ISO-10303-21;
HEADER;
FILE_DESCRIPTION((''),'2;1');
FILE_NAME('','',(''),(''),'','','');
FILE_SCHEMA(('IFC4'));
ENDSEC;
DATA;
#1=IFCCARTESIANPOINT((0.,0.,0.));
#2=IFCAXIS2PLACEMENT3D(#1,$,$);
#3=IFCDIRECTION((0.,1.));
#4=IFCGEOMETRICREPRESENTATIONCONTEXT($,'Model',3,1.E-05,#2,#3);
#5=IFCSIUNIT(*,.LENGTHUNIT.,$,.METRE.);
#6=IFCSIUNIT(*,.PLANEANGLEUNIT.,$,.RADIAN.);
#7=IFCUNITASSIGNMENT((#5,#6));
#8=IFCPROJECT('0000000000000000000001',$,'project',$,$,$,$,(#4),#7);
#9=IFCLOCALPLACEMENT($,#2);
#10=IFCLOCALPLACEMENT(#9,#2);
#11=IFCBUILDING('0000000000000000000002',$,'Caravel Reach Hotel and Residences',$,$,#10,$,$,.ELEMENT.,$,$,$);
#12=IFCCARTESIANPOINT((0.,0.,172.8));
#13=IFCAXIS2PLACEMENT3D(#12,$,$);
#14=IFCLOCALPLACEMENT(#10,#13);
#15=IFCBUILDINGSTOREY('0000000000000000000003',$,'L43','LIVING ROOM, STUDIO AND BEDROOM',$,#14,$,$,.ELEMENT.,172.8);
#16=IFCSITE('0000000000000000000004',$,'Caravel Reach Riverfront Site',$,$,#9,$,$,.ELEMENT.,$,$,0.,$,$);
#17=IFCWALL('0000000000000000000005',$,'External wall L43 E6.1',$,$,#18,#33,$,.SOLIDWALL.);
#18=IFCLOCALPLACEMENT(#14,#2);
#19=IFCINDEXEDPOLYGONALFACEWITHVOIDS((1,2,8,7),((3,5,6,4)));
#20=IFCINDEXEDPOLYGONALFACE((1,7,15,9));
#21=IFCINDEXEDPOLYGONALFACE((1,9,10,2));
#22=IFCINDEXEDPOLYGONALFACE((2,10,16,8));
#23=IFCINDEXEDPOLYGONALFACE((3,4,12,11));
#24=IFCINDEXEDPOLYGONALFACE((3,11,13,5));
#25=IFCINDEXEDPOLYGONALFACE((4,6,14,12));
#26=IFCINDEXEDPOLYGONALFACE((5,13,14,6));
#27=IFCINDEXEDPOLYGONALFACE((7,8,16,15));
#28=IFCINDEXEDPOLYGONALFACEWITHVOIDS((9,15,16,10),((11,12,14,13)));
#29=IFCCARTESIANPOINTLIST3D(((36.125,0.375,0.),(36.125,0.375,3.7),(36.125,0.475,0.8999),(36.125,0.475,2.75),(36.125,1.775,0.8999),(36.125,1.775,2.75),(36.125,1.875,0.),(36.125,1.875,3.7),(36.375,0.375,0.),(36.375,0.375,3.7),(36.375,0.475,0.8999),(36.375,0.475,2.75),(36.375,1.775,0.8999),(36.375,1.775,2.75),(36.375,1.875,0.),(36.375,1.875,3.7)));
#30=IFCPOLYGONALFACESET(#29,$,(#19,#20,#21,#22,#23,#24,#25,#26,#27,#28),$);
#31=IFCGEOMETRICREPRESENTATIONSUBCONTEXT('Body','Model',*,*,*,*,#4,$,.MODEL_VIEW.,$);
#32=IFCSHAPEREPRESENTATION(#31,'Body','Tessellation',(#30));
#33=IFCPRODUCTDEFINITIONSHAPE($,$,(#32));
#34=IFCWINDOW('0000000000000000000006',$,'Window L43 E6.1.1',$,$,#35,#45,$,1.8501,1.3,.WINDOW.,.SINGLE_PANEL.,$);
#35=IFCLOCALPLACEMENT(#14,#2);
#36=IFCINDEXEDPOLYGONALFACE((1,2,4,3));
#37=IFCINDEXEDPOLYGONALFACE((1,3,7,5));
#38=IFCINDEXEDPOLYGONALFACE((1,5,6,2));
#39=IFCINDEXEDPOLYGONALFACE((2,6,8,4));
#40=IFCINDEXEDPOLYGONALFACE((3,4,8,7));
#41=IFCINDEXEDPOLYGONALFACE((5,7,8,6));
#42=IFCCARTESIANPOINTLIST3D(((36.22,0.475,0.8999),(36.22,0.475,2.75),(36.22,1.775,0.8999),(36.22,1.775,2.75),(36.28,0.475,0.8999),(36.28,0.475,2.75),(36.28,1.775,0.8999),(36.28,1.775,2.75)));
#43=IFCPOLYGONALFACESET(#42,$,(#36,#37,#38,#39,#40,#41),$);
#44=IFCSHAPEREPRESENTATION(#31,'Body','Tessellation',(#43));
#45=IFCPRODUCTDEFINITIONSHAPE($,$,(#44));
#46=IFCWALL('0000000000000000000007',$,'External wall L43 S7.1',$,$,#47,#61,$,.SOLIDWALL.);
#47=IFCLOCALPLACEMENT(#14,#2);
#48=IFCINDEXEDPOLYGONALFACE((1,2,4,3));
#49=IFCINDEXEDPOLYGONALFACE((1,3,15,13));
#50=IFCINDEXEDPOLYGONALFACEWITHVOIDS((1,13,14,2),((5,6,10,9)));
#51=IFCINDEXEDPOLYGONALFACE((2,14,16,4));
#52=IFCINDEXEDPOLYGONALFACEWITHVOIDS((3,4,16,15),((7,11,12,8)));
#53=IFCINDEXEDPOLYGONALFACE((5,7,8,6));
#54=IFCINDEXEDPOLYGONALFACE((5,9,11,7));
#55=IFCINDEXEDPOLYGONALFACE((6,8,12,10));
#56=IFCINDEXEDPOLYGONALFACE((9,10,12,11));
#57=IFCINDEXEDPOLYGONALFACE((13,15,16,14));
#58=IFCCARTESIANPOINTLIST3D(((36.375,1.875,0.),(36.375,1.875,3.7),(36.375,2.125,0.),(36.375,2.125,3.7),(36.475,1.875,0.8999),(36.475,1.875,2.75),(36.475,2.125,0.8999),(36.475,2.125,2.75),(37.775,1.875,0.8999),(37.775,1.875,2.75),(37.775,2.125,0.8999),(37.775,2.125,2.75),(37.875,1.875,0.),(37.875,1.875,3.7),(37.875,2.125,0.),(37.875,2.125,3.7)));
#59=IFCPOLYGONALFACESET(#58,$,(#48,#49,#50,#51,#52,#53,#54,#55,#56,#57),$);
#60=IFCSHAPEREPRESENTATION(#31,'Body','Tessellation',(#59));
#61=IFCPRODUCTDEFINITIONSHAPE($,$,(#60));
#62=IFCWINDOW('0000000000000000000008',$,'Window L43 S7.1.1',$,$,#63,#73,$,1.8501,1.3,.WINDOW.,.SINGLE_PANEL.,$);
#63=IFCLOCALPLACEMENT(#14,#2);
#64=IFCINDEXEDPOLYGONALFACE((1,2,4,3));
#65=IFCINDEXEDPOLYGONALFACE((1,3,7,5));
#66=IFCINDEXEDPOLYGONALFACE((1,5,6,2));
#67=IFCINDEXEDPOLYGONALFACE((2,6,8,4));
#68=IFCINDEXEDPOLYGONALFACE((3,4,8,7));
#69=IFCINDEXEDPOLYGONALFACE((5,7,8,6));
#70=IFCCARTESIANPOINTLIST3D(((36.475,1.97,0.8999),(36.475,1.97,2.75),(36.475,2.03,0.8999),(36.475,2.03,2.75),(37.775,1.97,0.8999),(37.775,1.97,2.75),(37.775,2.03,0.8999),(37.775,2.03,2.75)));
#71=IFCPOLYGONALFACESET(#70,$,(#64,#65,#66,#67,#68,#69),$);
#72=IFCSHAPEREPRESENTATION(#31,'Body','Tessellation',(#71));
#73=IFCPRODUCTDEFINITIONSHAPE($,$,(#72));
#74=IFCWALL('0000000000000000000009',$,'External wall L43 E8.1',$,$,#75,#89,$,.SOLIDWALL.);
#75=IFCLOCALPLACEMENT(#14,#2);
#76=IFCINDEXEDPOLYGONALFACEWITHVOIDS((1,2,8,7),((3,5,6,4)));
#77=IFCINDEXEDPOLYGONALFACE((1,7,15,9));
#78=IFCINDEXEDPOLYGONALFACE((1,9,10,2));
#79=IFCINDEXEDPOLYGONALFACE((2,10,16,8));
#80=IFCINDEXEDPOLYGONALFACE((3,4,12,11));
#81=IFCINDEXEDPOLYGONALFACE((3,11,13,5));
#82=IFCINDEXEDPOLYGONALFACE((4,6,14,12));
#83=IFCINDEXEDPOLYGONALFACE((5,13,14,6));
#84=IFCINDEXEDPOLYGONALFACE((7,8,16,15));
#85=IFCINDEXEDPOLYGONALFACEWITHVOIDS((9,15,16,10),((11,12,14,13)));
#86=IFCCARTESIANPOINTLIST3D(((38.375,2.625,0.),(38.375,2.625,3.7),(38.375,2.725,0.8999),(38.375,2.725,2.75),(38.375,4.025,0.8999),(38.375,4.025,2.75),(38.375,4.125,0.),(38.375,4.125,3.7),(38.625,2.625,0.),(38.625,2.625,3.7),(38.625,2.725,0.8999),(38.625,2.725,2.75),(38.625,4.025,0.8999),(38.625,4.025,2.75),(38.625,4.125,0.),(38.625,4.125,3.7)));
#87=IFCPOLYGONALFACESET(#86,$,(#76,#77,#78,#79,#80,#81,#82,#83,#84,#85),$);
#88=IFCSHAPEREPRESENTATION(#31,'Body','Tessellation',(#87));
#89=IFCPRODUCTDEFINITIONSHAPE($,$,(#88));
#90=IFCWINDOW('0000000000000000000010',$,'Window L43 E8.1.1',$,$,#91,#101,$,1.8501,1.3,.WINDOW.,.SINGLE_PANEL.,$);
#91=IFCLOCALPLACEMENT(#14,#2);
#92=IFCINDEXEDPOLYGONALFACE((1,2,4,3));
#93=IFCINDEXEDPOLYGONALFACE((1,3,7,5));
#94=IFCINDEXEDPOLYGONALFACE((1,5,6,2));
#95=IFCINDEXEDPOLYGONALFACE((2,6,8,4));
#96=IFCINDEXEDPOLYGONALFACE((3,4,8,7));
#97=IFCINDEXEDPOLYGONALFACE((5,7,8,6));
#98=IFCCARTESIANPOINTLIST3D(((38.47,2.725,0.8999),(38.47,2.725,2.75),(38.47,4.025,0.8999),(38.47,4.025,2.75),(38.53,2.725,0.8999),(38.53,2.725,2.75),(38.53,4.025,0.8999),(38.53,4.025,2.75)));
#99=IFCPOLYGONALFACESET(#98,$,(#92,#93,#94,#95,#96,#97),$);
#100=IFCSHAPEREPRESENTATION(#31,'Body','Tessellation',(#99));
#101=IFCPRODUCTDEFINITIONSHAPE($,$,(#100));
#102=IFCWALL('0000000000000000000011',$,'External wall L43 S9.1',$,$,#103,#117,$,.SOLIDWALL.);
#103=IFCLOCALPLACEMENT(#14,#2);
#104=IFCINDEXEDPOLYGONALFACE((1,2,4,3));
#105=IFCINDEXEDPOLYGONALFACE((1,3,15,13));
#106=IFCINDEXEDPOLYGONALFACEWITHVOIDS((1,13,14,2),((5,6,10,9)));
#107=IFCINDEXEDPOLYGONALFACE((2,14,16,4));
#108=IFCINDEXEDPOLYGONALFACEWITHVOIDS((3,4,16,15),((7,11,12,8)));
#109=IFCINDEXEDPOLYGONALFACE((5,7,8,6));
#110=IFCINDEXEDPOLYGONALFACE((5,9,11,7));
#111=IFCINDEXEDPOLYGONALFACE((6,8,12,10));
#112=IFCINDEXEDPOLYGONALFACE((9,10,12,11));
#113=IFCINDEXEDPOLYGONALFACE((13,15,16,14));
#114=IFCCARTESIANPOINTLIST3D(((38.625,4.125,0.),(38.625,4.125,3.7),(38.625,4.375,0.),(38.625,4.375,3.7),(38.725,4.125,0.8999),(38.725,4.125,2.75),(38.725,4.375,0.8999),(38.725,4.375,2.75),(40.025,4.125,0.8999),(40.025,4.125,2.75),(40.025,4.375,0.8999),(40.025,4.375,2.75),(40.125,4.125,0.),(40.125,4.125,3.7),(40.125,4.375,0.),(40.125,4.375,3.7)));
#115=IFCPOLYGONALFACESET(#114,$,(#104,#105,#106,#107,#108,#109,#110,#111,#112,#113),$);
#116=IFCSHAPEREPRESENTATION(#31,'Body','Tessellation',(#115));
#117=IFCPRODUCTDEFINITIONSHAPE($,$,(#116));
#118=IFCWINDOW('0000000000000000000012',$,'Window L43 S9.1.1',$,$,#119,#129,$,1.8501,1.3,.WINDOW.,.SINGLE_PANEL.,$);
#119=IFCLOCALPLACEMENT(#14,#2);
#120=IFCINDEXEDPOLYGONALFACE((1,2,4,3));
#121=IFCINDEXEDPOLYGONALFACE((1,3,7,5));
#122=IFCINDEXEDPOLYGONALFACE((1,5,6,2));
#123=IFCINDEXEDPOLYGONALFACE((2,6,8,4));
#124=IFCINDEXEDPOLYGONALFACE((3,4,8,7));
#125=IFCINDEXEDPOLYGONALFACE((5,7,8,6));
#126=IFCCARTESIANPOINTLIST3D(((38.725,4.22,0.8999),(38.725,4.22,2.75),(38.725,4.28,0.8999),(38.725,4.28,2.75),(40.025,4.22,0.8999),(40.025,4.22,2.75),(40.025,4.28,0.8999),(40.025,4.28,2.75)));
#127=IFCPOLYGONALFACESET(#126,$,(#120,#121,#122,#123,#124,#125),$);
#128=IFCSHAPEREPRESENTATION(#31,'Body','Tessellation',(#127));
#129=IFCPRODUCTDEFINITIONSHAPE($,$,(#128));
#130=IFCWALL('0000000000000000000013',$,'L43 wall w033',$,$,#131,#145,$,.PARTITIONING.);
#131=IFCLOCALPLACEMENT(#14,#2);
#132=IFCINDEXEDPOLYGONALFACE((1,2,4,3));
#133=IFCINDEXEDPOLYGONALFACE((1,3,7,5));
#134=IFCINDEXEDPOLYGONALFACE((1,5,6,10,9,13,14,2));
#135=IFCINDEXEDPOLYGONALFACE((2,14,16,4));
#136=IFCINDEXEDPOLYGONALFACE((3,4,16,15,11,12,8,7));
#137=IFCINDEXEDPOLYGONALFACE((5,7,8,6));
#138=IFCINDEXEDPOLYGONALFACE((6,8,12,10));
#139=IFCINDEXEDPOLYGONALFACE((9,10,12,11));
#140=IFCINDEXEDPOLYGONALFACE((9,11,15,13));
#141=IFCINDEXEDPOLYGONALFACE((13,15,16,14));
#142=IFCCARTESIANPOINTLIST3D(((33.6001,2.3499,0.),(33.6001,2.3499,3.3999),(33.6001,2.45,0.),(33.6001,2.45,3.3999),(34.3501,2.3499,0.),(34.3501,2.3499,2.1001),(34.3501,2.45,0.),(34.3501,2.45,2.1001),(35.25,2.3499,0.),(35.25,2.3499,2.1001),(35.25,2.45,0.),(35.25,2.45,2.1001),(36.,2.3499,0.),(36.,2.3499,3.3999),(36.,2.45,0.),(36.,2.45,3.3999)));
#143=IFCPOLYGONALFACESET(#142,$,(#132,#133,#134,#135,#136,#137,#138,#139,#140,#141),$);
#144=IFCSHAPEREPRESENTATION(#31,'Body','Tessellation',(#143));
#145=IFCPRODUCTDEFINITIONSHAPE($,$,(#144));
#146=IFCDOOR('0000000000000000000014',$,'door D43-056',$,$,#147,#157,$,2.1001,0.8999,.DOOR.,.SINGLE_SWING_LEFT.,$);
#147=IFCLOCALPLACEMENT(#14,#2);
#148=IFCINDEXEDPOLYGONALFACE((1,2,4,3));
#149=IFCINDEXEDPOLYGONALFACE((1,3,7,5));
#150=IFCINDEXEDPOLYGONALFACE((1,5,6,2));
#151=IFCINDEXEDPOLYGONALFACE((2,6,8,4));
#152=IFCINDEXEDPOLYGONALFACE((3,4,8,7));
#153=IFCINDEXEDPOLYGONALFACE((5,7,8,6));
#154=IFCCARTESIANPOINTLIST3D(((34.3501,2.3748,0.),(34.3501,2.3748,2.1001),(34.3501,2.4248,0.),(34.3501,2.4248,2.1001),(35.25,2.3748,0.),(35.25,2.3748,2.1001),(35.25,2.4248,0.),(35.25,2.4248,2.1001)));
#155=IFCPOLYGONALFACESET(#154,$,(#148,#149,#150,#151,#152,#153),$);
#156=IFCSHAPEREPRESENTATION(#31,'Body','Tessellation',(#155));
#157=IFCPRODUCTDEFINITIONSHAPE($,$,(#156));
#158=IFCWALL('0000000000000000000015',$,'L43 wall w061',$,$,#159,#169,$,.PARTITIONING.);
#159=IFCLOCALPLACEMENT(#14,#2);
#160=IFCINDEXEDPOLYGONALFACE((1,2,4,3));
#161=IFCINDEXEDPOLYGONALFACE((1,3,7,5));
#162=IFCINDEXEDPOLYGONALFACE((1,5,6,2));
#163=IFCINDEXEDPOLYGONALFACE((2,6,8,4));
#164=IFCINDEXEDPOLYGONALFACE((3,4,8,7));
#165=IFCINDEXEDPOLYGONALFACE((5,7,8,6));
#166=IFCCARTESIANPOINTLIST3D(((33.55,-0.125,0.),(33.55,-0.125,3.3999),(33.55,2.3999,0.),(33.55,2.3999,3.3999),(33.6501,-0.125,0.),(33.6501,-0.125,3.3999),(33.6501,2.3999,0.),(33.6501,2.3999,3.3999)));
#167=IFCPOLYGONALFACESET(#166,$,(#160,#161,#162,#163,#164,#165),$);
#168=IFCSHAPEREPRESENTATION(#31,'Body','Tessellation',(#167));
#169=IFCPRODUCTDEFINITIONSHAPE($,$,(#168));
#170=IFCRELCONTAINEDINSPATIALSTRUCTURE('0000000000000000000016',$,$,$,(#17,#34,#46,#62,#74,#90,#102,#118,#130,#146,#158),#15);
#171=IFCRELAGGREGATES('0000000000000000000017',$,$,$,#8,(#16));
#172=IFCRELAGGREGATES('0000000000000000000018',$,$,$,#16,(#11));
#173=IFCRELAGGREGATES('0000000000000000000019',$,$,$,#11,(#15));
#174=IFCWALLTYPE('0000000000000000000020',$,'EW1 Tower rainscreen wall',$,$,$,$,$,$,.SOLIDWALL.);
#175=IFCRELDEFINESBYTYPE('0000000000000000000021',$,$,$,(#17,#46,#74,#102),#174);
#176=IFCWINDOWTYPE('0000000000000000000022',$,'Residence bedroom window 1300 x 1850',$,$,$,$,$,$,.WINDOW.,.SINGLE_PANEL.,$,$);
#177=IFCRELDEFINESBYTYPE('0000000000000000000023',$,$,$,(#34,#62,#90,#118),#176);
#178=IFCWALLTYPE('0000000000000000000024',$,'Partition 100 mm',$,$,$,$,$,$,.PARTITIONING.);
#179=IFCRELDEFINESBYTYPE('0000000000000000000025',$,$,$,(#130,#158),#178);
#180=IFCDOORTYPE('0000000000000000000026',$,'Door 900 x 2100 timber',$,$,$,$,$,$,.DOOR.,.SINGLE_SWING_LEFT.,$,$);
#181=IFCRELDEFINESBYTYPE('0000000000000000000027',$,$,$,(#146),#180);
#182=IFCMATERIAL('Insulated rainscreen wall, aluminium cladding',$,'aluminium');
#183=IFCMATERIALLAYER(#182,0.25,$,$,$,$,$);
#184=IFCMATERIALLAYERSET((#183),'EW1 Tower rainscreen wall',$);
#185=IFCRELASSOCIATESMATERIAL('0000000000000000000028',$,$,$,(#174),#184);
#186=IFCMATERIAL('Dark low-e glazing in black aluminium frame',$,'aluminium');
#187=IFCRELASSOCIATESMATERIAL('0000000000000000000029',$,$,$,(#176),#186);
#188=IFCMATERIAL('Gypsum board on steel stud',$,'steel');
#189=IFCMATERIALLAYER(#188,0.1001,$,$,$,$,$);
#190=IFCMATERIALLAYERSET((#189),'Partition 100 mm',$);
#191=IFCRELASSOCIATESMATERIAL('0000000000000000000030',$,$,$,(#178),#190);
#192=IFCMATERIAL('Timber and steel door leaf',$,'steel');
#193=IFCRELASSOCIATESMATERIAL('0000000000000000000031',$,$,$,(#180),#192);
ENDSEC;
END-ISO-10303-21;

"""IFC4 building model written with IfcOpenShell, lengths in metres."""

from ifc_helpers import new_model, si_unit, direction, frame, frame_2d, origin, place, context, subcontext, project, spatial, rectangle, extrude, material, layer, layer_set, type_object, element, fill, save


model = new_model("IFC4")

# Units and contexts
model_context = context("Model", 3, precision=1e-05, world=origin(), true_north=direction((0.0, 1.0)))
body_context = subcontext(model_context, "Body", "Model", "MODEL_VIEW")
ifc_project = project(units=[si_unit("LENGTHUNIT", "METRE"), si_unit("PLANEANGLEUNIT", "RADIAN")], contexts=[model_context])

# Site, building, storey
site_placement = place(None, origin())
site = spatial("IfcSite", under=ifc_project, at=site_placement, Name="Caravel Reach Riverfront Site", CompositionType="ELEMENT", RefElevation=0.0)
building_placement = place(site_placement, origin())
building = spatial("IfcBuilding", under=site, at=building_placement, Name="Caravel Reach Hotel and Residences", CompositionType="ELEMENT")
storey_placement = place(building_placement, frame((0.0, 0.0, 172.8)))
storey = spatial("IfcBuildingStorey", under=building, at=storey_placement, Name="L43", Description="LIVING ROOM, STUDIO AND BEDROOM", CompositionType="ELEMENT", Elevation=172.8)

# Walls, openings, windows
ifc_material_1 = material(Name="Insulated rainscreen wall, aluminium cladding", Category="aluminium")
ifc_layer_1 = layer(ifc_material_1, 0.25)
ifc_layer_set_1 = layer_set([ifc_layer_1], Name="EW1 Tower rainscreen wall")
wall_type_1 = type_object("IfcWallType", Name="EW1 Tower rainscreen wall", PredefinedType="SOLIDWALL", material=ifc_layer_set_1)
wall_1_placement = place(storey_placement, frame((36.25, 0.375, 0.0), z_axis=(0.0, 0.0, 1.0), x_axis=(0.0, 1.0, 0.0)))
wall_1 = element("IfcWall", 1, at=wall_1_placement, inside=storey, type_object=wall_type_1, Name="External wall L43 E6.1", PredefinedType="SOLIDWALL", context=body_context, shape_type="SweptSolid", body=[
    extrude(rectangle(XDim=1.5, YDim=0.25, at=frame_2d((0.75, 0.0))), origin(), (0.0, 0.0, 1.0), 3.7),
])
opening_1_placement = place(wall_1_placement, frame((0.1001, 0.0, 0.8999)))
opening_1 = element("IfcOpeningElement", 2, at=opening_1_placement, cuts=wall_1, PredefinedType="OPENING", context=body_context, shape_type="SweptSolid", body=[
    extrude(rectangle(XDim=1.3, YDim=1.8501, at=frame_2d((0.6499, 0.925))), frame((0.0, 0.135, 0.0), z_axis=(0.0, -1.0, 0.0), x_axis=(1.0, 0.0, 0.0)), (0.0, 0.0, 1.0), 0.27),
])
ifc_material_2 = material(Name="Dark low-e glazing in black aluminium frame", Category="aluminium")
window_type = type_object("IfcWindowType", Name="Residence bedroom window 1300 x 1850", PartitioningType="SINGLE_PANEL", PredefinedType="WINDOW", material=ifc_material_2)
window_1_placement = place(opening_1_placement, origin())
window_1 = element("IfcWindow", 3, at=window_1_placement, inside=storey, type_object=window_type, Name="Window L43 E6.1.1", OverallHeight=1.8501, OverallWidth=1.3, PartitioningType="SINGLE_PANEL", PredefinedType="WINDOW", context=body_context, shape_type="SweptSolid", body=[
    extrude(rectangle(XDim=1.3, YDim=1.8501, at=frame_2d((0.6499, 0.925))), frame((0.0, 0.03, 0.0), z_axis=(0.0, -1.0, 0.0), x_axis=(1.0, 0.0, 0.0)), (0.0, 0.0, 1.0), 0.0601),
])
fill(opening_1, window_1)
wall_2_placement = place(storey_placement, frame((36.375, 2.0, 0.0), z_axis=(0.0, 0.0, 1.0), x_axis=(1.0, 0.0, 0.0)))
wall_2 = element("IfcWall", 4, at=wall_2_placement, inside=storey, type_object=wall_type_1, Name="External wall L43 S7.1", PredefinedType="SOLIDWALL", context=body_context, shape_type="SweptSolid", body=[
    extrude(rectangle(XDim=1.5, YDim=0.25, at=frame_2d((0.75, 0.0))), origin(), (0.0, 0.0, 1.0), 3.7),
])
opening_2_placement = place(wall_2_placement, frame((0.1001, 0.0, 0.8999)))
opening_2 = element("IfcOpeningElement", 5, at=opening_2_placement, cuts=wall_2, PredefinedType="OPENING", context=body_context, shape_type="SweptSolid", body=[
    extrude(rectangle(XDim=1.3, YDim=1.8501, at=frame_2d((0.6499, 0.925))), frame((0.0, 0.135, 0.0), z_axis=(0.0, -1.0, 0.0), x_axis=(1.0, 0.0, 0.0)), (0.0, 0.0, 1.0), 0.27),
])
window_2_placement = place(opening_2_placement, origin())
window_2 = element("IfcWindow", 6, at=window_2_placement, inside=storey, type_object=window_type, Name="Window L43 S7.1.1", OverallHeight=1.8501, OverallWidth=1.3, PartitioningType="SINGLE_PANEL", PredefinedType="WINDOW", context=body_context, shape_type="SweptSolid", body=[
    extrude(rectangle(XDim=1.3, YDim=1.8501, at=frame_2d((0.6499, 0.925))), frame((0.0, 0.03, 0.0), z_axis=(0.0, -1.0, 0.0), x_axis=(1.0, 0.0, 0.0)), (0.0, 0.0, 1.0), 0.0601),
])
fill(opening_2, window_2)
wall_3_placement = place(storey_placement, frame((38.5, 2.625, 0.0), z_axis=(0.0, 0.0, 1.0), x_axis=(0.0, 1.0, 0.0)))
wall_3 = element("IfcWall", 7, at=wall_3_placement, inside=storey, type_object=wall_type_1, Name="External wall L43 E8.1", PredefinedType="SOLIDWALL", context=body_context, shape_type="SweptSolid", body=[
    extrude(rectangle(XDim=1.5, YDim=0.25, at=frame_2d((0.75, 0.0))), origin(), (0.0, 0.0, 1.0), 3.7),
])
opening_3_placement = place(wall_3_placement, frame((0.1001, 0.0, 0.8999)))
opening_3 = element("IfcOpeningElement", 8, at=opening_3_placement, cuts=wall_3, PredefinedType="OPENING", context=body_context, shape_type="SweptSolid", body=[
    extrude(rectangle(XDim=1.3, YDim=1.8501, at=frame_2d((0.6499, 0.925))), frame((0.0, 0.135, 0.0), z_axis=(0.0, -1.0, 0.0), x_axis=(1.0, 0.0, 0.0)), (0.0, 0.0, 1.0), 0.27),
])
window_3_placement = place(opening_3_placement, origin())
window_3 = element("IfcWindow", 9, at=window_3_placement, inside=storey, type_object=window_type, Name="Window L43 E8.1.1", OverallHeight=1.8501, OverallWidth=1.3, PartitioningType="SINGLE_PANEL", PredefinedType="WINDOW", context=body_context, shape_type="SweptSolid", body=[
    extrude(rectangle(XDim=1.3, YDim=1.8501, at=frame_2d((0.6499, 0.925))), frame((0.0, 0.03, 0.0), z_axis=(0.0, -1.0, 0.0), x_axis=(1.0, 0.0, 0.0)), (0.0, 0.0, 1.0), 0.0601),
])
fill(opening_3, window_3)
wall_4_placement = place(storey_placement, frame((38.625, 4.25, 0.0), z_axis=(0.0, 0.0, 1.0), x_axis=(1.0, 0.0, 0.0)))
wall_4 = element("IfcWall", 10, at=wall_4_placement, inside=storey, type_object=wall_type_1, Name="External wall L43 S9.1", PredefinedType="SOLIDWALL", context=body_context, shape_type="SweptSolid", body=[
    extrude(rectangle(XDim=1.5, YDim=0.25, at=frame_2d((0.75, 0.0))), origin(), (0.0, 0.0, 1.0), 3.7),
])
opening_4_placement = place(wall_4_placement, frame((0.1001, 0.0, 0.8999)))
opening_4 = element("IfcOpeningElement", 11, at=opening_4_placement, cuts=wall_4, PredefinedType="OPENING", context=body_context, shape_type="SweptSolid", body=[
    extrude(rectangle(XDim=1.3, YDim=1.8501, at=frame_2d((0.6499, 0.925))), frame((0.0, 0.135, 0.0), z_axis=(0.0, -1.0, 0.0), x_axis=(1.0, 0.0, 0.0)), (0.0, 0.0, 1.0), 0.27),
])
window_4_placement = place(opening_4_placement, origin())
window_4 = element("IfcWindow", 12, at=window_4_placement, inside=storey, type_object=window_type, Name="Window L43 S9.1.1", OverallHeight=1.8501, OverallWidth=1.3, PartitioningType="SINGLE_PANEL", PredefinedType="WINDOW", context=body_context, shape_type="SweptSolid", body=[
    extrude(rectangle(XDim=1.3, YDim=1.8501, at=frame_2d((0.6499, 0.925))), frame((0.0, 0.03, 0.0), z_axis=(0.0, -1.0, 0.0), x_axis=(1.0, 0.0, 0.0)), (0.0, 0.0, 1.0), 0.0601),
])
fill(opening_4, window_4)

# Wall, opening, door
ifc_material_3 = material(Name="Gypsum board on steel stud", Category="steel")
ifc_layer_2 = layer(ifc_material_3, 0.1001)
ifc_layer_set_2 = layer_set([ifc_layer_2], Name="Partition 100 mm")
wall_type_2 = type_object("IfcWallType", Name="Partition 100 mm", PredefinedType="PARTITIONING", material=ifc_layer_set_2)
wall_5_placement = place(storey_placement, frame((33.6001, 2.3999, 0.0), z_axis=(0.0, 0.0, 1.0), x_axis=(1.0, 0.0, 0.0)))
wall_5 = element("IfcWall", 13, at=wall_5_placement, inside=storey, type_object=wall_type_2, Name="L43 wall w033", PredefinedType="PARTITIONING", context=body_context, shape_type="SweptSolid", body=[
    extrude(rectangle(XDim=2.3999, YDim=0.1001, at=frame_2d((1.2, 0.0))), origin(), (0.0, 0.0, 1.0), 3.3999),
])
opening_5_placement = place(wall_5_placement, frame((0.75, 0.0, 0.0)))
opening_5 = element("IfcOpeningElement", 14, at=opening_5_placement, cuts=wall_5, PredefinedType="OPENING", context=body_context, shape_type="SweptSolid", body=[
    extrude(rectangle(XDim=0.8999, YDim=2.1001, at=frame_2d((0.45, 1.05))), frame((0.0, 0.0601, 0.0), z_axis=(0.0, -1.0, 0.0), x_axis=(1.0, 0.0, 0.0)), (0.0, 0.0, 1.0), 0.1201),
])
ifc_material_4 = material(Name="Timber and steel door leaf", Category="steel")
door_type_1 = type_object("IfcDoorType", Name="Door 900 x 2100 timber", OperationType="SINGLE_SWING_LEFT", PredefinedType="DOOR", material=ifc_material_4)
door_1_placement = place(opening_5_placement, origin())
door_1 = element("IfcDoor", 15, at=door_1_placement, inside=storey, type_object=door_type_1, Name="door D43-056", OperationType="SINGLE_SWING_LEFT", OverallHeight=2.1001, OverallWidth=0.8999, PredefinedType="DOOR", context=body_context, shape_type="SweptSolid", body=[
    extrude(rectangle(XDim=0.8999, YDim=2.1001, at=frame_2d((0.45, 1.05))), frame((0.0, 0.0249, 0.0), z_axis=(0.0, -1.0, 0.0), x_axis=(1.0, 0.0, 0.0)), (0.0, 0.0, 1.0), 0.05),
])
fill(opening_5, door_1)

# Wall
wall_6_placement = place(storey_placement, frame((33.6001, -0.125, 0.0), z_axis=(0.0, 0.0, 1.0), x_axis=(0.0, 1.0, 0.0)))
element("IfcWall", 16, at=wall_6_placement, inside=storey, type_object=wall_type_2, Name="L43 wall w061", PredefinedType="PARTITIONING", context=body_context, shape_type="SweptSolid", body=[
    extrude(rectangle(XDim=2.5249, YDim=0.1001, at=frame_2d((1.2625, 0.0))), origin(), (0.0, 0.0, 1.0), 3.3999),
])

save(model, "model.ifc")
